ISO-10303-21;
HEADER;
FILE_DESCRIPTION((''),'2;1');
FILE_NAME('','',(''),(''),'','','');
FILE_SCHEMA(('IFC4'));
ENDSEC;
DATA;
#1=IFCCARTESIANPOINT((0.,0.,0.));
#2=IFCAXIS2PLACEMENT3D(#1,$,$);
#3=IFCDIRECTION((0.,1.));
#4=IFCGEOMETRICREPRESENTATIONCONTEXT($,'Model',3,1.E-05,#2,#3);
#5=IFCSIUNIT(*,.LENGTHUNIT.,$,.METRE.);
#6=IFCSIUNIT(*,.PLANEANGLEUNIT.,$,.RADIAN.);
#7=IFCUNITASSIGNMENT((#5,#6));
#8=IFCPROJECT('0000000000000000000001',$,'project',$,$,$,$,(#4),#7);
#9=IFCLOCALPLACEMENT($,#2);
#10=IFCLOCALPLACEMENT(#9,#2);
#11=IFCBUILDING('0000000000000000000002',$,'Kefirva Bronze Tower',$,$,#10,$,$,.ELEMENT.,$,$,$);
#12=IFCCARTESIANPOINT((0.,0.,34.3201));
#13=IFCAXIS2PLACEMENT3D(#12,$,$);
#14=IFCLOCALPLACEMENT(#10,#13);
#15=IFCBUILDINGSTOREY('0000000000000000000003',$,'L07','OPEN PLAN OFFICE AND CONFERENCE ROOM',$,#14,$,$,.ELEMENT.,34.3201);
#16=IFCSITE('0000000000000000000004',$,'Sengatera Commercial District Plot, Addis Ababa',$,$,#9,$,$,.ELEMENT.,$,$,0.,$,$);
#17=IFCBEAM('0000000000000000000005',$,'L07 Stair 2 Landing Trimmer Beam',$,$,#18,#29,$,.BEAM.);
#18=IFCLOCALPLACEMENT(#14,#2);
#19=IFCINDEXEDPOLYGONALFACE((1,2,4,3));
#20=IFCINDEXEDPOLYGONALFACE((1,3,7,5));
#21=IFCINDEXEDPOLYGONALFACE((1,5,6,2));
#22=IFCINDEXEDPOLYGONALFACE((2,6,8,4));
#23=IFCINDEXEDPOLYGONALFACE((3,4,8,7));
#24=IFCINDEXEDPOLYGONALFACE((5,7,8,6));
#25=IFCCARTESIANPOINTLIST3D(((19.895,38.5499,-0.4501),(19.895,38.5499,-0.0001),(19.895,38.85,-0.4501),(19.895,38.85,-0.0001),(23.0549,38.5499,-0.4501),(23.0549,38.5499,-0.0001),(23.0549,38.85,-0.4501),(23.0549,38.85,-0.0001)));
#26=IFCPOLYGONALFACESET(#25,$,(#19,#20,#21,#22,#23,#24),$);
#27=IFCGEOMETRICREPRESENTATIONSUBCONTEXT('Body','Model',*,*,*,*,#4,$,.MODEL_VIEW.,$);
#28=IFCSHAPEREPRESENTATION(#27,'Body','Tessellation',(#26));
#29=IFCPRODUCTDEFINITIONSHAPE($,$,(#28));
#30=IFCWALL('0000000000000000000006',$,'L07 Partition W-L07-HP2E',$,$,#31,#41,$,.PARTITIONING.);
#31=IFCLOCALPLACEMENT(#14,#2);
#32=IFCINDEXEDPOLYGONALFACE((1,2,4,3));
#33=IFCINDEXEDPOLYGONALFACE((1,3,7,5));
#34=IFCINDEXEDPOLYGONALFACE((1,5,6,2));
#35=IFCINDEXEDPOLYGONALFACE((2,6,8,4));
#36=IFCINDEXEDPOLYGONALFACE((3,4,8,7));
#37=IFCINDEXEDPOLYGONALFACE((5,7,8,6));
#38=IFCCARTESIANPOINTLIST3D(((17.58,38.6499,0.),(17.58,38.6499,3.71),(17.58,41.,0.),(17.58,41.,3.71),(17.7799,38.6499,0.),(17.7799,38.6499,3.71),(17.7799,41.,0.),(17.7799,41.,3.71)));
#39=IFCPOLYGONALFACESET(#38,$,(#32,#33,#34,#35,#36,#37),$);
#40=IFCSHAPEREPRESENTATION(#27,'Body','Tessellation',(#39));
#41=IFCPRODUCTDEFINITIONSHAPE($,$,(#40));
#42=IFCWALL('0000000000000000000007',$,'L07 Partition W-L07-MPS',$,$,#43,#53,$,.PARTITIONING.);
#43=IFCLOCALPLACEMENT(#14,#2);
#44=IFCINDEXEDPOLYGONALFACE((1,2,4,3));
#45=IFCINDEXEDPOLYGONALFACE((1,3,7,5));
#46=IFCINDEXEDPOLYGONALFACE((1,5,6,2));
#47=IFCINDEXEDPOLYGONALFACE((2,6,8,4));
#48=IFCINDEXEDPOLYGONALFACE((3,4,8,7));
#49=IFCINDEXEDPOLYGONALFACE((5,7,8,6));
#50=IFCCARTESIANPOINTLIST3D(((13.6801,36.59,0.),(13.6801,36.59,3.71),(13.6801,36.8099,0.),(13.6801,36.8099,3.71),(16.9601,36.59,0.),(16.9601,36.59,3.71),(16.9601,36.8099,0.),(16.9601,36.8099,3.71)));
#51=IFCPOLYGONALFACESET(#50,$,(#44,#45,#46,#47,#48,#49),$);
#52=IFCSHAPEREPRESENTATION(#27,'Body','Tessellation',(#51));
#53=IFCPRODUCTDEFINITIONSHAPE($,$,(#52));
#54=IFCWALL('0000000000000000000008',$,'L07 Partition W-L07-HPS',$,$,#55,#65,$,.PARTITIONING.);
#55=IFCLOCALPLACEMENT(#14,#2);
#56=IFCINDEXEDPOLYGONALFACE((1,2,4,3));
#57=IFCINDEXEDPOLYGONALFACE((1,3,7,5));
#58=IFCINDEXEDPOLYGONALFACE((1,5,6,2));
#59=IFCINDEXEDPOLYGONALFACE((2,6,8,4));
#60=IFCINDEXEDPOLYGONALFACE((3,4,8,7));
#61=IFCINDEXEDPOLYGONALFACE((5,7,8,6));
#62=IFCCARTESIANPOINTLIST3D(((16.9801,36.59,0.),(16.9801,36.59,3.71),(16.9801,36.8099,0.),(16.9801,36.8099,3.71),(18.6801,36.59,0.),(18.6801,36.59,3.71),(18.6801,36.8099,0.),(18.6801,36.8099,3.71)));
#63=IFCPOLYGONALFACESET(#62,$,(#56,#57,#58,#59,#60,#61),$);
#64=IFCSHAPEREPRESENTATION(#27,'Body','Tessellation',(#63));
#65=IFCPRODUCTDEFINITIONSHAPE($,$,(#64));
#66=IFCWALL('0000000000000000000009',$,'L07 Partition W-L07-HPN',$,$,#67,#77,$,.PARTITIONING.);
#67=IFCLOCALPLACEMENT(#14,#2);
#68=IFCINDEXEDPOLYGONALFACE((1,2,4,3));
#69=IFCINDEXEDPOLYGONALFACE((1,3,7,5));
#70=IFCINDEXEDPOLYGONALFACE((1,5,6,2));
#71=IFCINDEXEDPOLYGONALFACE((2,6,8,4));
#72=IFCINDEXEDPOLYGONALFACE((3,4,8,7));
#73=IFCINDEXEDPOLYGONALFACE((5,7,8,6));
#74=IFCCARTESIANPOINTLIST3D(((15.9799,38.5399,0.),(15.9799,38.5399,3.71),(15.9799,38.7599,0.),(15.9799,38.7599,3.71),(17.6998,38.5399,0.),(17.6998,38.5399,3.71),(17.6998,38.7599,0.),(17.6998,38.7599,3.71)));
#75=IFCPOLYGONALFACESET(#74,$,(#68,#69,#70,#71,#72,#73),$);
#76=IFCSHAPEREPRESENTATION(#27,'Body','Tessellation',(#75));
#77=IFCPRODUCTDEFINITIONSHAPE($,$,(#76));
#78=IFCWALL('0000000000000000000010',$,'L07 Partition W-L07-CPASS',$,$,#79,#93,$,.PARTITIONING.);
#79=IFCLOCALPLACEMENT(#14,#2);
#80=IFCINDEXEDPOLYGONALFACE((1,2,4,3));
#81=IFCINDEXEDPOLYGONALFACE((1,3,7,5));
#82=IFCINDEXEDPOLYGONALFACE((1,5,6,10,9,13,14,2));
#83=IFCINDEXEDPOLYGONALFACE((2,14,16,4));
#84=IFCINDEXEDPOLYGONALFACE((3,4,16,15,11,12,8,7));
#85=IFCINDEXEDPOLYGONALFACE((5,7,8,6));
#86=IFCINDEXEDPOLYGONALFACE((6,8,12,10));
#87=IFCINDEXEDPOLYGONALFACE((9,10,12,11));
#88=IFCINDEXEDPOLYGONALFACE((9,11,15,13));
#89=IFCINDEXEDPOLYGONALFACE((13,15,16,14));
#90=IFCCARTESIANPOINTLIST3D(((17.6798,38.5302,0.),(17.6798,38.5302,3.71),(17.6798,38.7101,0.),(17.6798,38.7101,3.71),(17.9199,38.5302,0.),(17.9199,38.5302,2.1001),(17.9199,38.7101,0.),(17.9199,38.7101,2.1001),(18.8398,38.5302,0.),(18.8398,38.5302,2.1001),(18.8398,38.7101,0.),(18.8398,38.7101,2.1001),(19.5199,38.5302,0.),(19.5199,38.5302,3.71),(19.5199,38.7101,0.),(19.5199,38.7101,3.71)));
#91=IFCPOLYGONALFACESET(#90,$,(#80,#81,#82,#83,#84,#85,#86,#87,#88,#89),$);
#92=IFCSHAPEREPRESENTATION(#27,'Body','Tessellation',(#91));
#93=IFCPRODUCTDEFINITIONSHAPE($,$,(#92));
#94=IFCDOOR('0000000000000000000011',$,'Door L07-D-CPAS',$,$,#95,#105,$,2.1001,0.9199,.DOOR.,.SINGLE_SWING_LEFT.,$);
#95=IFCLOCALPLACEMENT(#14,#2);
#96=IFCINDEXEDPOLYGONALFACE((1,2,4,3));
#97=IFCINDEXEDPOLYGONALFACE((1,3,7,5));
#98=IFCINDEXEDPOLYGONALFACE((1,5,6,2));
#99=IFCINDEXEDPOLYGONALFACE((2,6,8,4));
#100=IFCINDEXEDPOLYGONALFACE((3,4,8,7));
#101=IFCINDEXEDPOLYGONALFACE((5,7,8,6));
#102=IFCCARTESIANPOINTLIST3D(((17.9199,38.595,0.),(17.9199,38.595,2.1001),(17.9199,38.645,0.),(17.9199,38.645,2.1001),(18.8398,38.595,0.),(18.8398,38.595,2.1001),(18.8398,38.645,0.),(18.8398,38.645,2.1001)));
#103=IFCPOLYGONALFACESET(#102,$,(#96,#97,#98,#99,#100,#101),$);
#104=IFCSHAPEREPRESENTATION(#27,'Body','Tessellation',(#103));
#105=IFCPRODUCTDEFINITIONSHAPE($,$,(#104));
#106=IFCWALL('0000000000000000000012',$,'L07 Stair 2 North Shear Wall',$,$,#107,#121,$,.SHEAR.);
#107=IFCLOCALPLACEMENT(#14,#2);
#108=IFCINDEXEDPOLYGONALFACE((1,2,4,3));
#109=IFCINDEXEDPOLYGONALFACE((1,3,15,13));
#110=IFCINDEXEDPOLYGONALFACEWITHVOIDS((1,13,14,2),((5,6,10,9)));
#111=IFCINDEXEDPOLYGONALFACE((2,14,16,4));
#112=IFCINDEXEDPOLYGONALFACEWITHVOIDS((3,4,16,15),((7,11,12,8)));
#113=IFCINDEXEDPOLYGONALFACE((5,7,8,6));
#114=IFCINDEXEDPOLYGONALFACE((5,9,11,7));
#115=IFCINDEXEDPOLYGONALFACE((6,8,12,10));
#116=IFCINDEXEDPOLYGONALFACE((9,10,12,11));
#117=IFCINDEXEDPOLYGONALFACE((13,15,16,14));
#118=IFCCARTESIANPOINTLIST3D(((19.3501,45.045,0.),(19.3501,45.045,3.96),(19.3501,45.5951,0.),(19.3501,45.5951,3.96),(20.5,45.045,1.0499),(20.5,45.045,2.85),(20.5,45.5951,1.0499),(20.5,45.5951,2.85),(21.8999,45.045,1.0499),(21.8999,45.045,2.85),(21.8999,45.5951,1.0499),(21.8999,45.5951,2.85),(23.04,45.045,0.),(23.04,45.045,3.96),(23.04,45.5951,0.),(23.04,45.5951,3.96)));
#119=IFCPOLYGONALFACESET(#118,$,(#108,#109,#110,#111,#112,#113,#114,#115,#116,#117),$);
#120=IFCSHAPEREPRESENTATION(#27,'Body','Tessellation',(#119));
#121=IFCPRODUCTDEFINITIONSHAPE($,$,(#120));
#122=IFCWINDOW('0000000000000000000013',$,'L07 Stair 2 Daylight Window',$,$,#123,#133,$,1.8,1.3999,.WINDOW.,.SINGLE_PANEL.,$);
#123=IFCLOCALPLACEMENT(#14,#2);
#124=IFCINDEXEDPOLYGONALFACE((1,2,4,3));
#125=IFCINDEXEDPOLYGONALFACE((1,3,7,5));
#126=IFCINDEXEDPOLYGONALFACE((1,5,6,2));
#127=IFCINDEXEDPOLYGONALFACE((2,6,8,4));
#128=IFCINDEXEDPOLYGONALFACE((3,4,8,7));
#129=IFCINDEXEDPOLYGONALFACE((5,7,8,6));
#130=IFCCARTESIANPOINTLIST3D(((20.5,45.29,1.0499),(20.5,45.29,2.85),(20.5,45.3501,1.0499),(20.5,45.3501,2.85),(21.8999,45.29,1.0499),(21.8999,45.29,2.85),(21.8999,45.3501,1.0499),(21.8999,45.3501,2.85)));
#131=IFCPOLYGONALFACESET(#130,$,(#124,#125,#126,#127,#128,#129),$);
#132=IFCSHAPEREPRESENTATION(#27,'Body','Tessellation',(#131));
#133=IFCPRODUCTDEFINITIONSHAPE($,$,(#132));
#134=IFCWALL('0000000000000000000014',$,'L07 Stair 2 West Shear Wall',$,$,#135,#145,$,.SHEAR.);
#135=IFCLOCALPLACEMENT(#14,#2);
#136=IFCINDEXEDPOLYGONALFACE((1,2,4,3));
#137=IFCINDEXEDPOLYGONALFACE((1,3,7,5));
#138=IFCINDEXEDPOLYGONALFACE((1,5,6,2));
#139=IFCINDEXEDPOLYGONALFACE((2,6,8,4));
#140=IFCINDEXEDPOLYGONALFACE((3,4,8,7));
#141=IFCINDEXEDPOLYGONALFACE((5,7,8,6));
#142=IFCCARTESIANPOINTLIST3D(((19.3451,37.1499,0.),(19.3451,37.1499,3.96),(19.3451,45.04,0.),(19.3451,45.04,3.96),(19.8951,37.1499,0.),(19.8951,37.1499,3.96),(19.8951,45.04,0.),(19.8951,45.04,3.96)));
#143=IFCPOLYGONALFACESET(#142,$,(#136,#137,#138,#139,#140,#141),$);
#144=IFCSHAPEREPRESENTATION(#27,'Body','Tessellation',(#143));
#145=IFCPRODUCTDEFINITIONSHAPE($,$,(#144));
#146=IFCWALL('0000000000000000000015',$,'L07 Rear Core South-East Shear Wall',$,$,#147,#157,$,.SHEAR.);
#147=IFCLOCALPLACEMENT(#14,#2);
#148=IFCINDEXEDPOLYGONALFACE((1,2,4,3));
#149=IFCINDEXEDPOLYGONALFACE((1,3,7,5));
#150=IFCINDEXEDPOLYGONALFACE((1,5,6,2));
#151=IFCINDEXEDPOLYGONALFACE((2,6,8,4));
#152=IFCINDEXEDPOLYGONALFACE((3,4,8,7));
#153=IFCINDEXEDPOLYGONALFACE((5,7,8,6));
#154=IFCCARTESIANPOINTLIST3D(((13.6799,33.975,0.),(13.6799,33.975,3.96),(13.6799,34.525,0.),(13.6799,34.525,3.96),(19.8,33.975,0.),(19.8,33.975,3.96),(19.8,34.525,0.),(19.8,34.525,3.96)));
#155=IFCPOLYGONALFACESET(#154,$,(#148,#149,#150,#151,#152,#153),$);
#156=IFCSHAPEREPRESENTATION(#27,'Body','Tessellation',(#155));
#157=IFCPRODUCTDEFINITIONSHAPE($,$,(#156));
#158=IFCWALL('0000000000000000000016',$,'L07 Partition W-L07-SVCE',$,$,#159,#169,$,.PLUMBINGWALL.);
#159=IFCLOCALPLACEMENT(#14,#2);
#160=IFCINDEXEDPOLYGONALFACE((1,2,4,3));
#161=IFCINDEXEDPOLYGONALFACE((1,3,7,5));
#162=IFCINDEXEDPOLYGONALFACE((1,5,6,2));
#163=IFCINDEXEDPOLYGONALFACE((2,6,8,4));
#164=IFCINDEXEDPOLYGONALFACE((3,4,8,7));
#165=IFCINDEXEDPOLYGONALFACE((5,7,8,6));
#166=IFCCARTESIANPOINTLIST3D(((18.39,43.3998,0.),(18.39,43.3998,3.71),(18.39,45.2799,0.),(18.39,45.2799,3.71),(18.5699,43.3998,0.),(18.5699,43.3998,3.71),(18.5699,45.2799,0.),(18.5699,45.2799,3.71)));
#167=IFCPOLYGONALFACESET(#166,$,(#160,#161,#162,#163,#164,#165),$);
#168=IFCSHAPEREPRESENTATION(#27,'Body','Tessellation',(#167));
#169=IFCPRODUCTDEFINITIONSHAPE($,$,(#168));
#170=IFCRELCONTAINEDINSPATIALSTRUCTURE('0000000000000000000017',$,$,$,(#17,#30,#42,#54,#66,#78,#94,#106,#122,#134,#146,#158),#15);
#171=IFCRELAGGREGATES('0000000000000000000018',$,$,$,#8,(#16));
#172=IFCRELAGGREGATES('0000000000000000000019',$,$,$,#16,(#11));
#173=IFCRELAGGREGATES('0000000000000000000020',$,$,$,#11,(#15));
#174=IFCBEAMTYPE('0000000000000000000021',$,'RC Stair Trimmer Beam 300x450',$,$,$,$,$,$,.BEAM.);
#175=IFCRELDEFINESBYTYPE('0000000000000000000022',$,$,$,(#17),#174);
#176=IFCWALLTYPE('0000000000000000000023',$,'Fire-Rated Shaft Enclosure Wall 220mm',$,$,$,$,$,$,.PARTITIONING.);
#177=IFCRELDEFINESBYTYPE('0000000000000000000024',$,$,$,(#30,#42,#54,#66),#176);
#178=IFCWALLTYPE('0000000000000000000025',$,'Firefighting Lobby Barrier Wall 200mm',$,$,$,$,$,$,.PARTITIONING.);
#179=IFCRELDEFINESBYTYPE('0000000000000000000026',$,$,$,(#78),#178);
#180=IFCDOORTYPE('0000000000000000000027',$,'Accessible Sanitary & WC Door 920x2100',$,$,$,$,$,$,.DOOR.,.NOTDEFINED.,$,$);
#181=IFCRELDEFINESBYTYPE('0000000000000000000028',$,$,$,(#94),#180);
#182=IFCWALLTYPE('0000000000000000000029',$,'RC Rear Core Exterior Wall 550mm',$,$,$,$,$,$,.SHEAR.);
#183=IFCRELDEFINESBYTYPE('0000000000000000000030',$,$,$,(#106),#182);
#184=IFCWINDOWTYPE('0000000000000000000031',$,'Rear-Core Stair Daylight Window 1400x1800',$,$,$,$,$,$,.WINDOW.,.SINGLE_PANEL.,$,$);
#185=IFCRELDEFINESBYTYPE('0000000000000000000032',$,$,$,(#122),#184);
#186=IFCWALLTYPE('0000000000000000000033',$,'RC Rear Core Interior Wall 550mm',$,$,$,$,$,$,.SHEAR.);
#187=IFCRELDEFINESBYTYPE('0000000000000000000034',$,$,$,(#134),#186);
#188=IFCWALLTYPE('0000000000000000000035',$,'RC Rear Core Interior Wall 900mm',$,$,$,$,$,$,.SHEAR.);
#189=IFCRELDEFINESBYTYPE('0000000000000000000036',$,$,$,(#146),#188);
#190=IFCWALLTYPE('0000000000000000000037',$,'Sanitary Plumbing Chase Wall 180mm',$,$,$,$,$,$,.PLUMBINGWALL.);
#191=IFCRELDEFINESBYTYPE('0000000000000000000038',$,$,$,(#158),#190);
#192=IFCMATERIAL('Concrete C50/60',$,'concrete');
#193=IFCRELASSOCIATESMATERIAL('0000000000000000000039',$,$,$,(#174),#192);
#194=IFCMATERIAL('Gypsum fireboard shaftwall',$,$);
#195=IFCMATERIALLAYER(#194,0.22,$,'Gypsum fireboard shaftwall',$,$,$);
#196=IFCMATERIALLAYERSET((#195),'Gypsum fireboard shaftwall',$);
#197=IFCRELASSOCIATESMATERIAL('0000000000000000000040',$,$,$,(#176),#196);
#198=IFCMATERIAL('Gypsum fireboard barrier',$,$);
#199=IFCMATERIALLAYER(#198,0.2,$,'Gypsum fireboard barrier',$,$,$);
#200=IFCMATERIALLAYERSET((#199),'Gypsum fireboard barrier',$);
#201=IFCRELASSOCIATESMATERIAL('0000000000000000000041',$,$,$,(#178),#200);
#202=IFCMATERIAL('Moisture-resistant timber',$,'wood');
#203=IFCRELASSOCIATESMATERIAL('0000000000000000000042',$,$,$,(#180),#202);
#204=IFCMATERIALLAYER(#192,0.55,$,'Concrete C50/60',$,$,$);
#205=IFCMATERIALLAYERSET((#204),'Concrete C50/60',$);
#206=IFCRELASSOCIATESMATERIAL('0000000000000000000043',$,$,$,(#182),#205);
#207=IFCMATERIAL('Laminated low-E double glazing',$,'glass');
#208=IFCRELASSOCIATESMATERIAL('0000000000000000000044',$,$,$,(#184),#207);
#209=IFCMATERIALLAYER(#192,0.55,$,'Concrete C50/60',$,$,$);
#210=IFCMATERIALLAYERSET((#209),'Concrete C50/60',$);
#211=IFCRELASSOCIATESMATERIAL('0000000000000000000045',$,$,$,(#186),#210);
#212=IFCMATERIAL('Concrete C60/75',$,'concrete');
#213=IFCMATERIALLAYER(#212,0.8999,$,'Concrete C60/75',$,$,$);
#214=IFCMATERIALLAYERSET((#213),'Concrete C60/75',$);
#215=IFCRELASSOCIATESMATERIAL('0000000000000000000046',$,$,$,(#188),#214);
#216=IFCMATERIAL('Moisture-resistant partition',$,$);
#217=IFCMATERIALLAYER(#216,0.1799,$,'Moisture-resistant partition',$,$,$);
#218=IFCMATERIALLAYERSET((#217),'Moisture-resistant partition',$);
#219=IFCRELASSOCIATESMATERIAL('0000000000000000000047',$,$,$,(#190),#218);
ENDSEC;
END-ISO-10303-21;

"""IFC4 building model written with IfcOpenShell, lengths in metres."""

from ifc_helpers import new_model, si_unit, direction, frame, frame_2d, origin, origin_2d, place, context, subcontext, project, spatial, rectangle, extrude, material, layer, layer_set, material_profile, profile_set, type_object, element, fill, save


model = new_model("IFC4")

# Units and contexts
model_context = context("Model", 3, precision=1e-05, world=origin(), true_north=direction((0.0, 1.0)))
body_context = subcontext(model_context, "Body", "Model", "MODEL_VIEW")
ifc_project = project(units=[si_unit("LENGTHUNIT", "METRE"), si_unit("PLANEANGLEUNIT", "RADIAN")], contexts=[model_context])

# Site, building, storey
site_placement = place(None, origin())
site = spatial("IfcSite", under=ifc_project, at=site_placement, Name="Sengatera Commercial District Plot, Addis Ababa", CompositionType="ELEMENT", RefElevation=0.0)
building_placement = place(site_placement, origin())
building = spatial("IfcBuilding", under=site, at=building_placement, Name="Kefirva Bronze Tower", CompositionType="ELEMENT")
storey_placement = place(building_placement, frame((0.0, 0.0, 34.3201)))
storey = spatial("IfcBuildingStorey", under=building, at=storey_placement, Name="L07", Description="OPEN PLAN OFFICE AND CONFERENCE ROOM", CompositionType="ELEMENT", Elevation=34.3201)

# Beam
ifc_material_1 = material(Name="Concrete C50/60", Category="concrete")
ifc_material_profile = material_profile(ifc_material_1, rectangle(XDim=0.3, YDim=0.45, at=origin_2d()), Name="RC 300x450")
ifc_profile_set = profile_set([ifc_material_profile], Name="Concrete C50/60")
beam_type = type_object("IfcBeamType", Name="RC Stair Trimmer Beam 300x450", PredefinedType="BEAM", material=ifc_profile_set)
beam_placement = place(storey_placement, frame((19.895, 38.7, -0.2251), z_axis=(1.0, 0.0, 0.0), x_axis=(0.0, 1.0, 0.0)))
element("IfcBeam", 1, at=beam_placement, inside=storey, type_object=beam_type, Name="L07 Stair 2 Landing Trimmer Beam", PredefinedType="BEAM", context=body_context, shape_type="SweptSolid", body=[
    extrude(rectangle(XDim=0.3, YDim=0.45, at=origin_2d()), origin(), (0.0, 0.0, 1.0), 3.1599),
])

# Shared definitions
ifc_material_2 = material(Name="Gypsum fireboard shaftwall")
ifc_layer_1 = layer(ifc_material_2, 0.22, Name="Gypsum fireboard shaftwall")
ifc_layer_set_1 = layer_set([ifc_layer_1], Name="Gypsum fireboard shaftwall")
wall_type_1 = type_object("IfcWallType", Name="Fire-Rated Shaft Enclosure Wall 220mm", PredefinedType="PARTITIONING", material=ifc_layer_set_1)

# Walls
wall_1_placement = place(storey_placement, frame((17.6799, 38.6499, 0.0), z_axis=(0.0, 0.0, 1.0), x_axis=(0.0, 1.0, 0.0)))
element("IfcWall", 2, at=wall_1_placement, inside=storey, type_object=wall_type_1, Name="L07 Partition W-L07-HP2E", PredefinedType="PARTITIONING", context=body_context, shape_type="SweptSolid", body=[
    extrude(rectangle(XDim=2.3501, YDim=0.2, at=frame_2d((1.175, 0.0))), origin(), (0.0, 0.0, 1.0), 3.71),
])
wall_2_placement = place(storey_placement, frame((13.6799, 36.7, 0.0), z_axis=(0.0, 0.0, 1.0), x_axis=(1.0, 0.0, 0.0)))
element("IfcWall", 3, at=wall_2_placement, inside=storey, type_object=wall_type_1, Name="L07 Partition W-L07-MPS", PredefinedType="PARTITIONING", context=body_context, shape_type="SweptSolid", body=[
    extrude(rectangle(XDim=3.28, YDim=0.22, at=frame_2d((1.6401, 0.0))), origin(), (0.0, 0.0, 1.0), 3.71),
])
wall_3_placement = place(storey_placement, frame((16.98, 36.7, 0.0), z_axis=(0.0, 0.0, 1.0), x_axis=(1.0, 0.0, 0.0)))
element("IfcWall", 4, at=wall_3_placement, inside=storey, type_object=wall_type_1, Name="L07 Partition W-L07-HPS", PredefinedType="PARTITIONING", context=body_context, shape_type="SweptSolid", body=[
    extrude(rectangle(XDim=1.7, YDim=0.22, at=frame_2d((0.8501, 0.0))), origin(), (0.0, 0.0, 1.0), 3.71),
])
wall_4_placement = place(storey_placement, frame((15.98, 38.6499, 0.0), z_axis=(0.0, 0.0, 1.0), x_axis=(1.0, 0.0, 0.0)))
element("IfcWall", 5, at=wall_4_placement, inside=storey, type_object=wall_type_1, Name="L07 Partition W-L07-HPN", PredefinedType="PARTITIONING", context=body_context, shape_type="SweptSolid", body=[
    extrude(rectangle(XDim=1.72, YDim=0.22, at=frame_2d((0.8599, 0.0))), origin(), (0.0, 0.0, 1.0), 3.71),
])

# Wall, opening, door
ifc_material_3 = material(Name="Gypsum fireboard barrier")
ifc_layer_2 = layer(ifc_material_3, 0.2, Name="Gypsum fireboard barrier")
ifc_layer_set_2 = layer_set([ifc_layer_2], Name="Gypsum fireboard barrier")
wall_type_2 = type_object("IfcWallType", Name="Firefighting Lobby Barrier Wall 200mm", PredefinedType="PARTITIONING", material=ifc_layer_set_2)
wall_5_placement = place(storey_placement, frame((17.6799, 38.6201, 0.0), z_axis=(0.0, 0.0, 1.0), x_axis=(1.0, 0.0, 0.0)))
wall_5 = element("IfcWall", 6, at=wall_5_placement, inside=storey, type_object=wall_type_2, Name="L07 Partition W-L07-CPASS", PredefinedType="PARTITIONING", context=body_context, shape_type="SweptSolid", body=[
    extrude(rectangle(XDim=1.8401, YDim=0.1799, at=frame_2d((0.9199, 0.0))), origin(), (0.0, 0.0, 1.0), 3.71),
])
opening_1_placement = place(wall_5_placement, frame((0.24, 0.0, 0.0)))
opening_1 = element("IfcOpeningElement", 7, at=opening_1_placement, cuts=wall_5, PredefinedType="OPENING", context=body_context, shape_type="SweptSolid", body=[
    extrude(rectangle(XDim=0.9199, YDim=2.1001, at=frame_2d((0.46, 1.05))), frame((0.0, 0.1001, 0.0), z_axis=(0.0, -1.0, 0.0), x_axis=(1.0, 0.0, 0.0)), (0.0, 0.0, 1.0), 0.2),
])
ifc_material_4 = material(Name="Moisture-resistant timber", Category="wood")
door_type_1 = type_object("IfcDoorType", Name="Accessible Sanitary & WC Door 920x2100", OperationType="NOTDEFINED", PredefinedType="DOOR", material=ifc_material_4)
door_1_placement = place(opening_1_placement, origin())
door_1 = element("IfcDoor", 8, at=door_1_placement, inside=storey, type_object=door_type_1, Name="Door L07-D-CPAS", OperationType="SINGLE_SWING_LEFT", OverallHeight=2.1001, OverallWidth=0.9199, PredefinedType="DOOR", context=body_context, shape_type="SweptSolid", body=[
    extrude(rectangle(XDim=0.9199, YDim=2.1001, at=frame_2d((0.46, 1.05))), frame((0.0, 0.0249, 0.0), z_axis=(0.0, -1.0, 0.0), x_axis=(1.0, 0.0, 0.0)), (0.0, 0.0, 1.0), 0.05),
])
fill(opening_1, door_1)

# Wall, opening, window
ifc_layer_3 = layer(ifc_material_1, 0.55, Name="Concrete C50/60")
ifc_layer_set_3 = layer_set([ifc_layer_3], Name="Concrete C50/60")
wall_type_3 = type_object("IfcWallType", Name="RC Rear Core Exterior Wall 550mm", PredefinedType="SHEAR", material=ifc_layer_set_3)
wall_6_placement = place(storey_placement, frame((19.3501, 45.3201, 0.0), z_axis=(0.0, 0.0, 1.0), x_axis=(1.0, 0.0, 0.0)))
wall_6 = element("IfcWall", 9, at=wall_6_placement, inside=storey, type_object=wall_type_3, Name="L07 Stair 2 North Shear Wall", PredefinedType="SHEAR", context=body_context, shape_type="SweptSolid", body=[
    extrude(rectangle(XDim=3.6899, YDim=0.55, at=frame_2d((1.845, 0.0))), origin(), (0.0, 0.0, 1.0), 3.96),
])
opening_2_placement = place(wall_6_placement, frame((1.1499, 0.0, 1.05)))
opening_2 = element("IfcOpeningElement", 10, at=opening_2_placement, cuts=wall_6, PredefinedType="OPENING", context=body_context, shape_type="SweptSolid", body=[
    extrude(rectangle(XDim=1.3999, YDim=1.8, at=frame_2d((0.7, 0.8999))), frame((0.0, 0.2852, 0.0), z_axis=(0.0, -1.0, 0.0), x_axis=(1.0, 0.0, 0.0)), (0.0, 0.0, 1.0), 0.5701),
])
ifc_material_5 = material(Name="Laminated low-E double glazing", Category="glass")
window_type = type_object("IfcWindowType", Name="Rear-Core Stair Daylight Window 1400x1800", PartitioningType="SINGLE_PANEL", PredefinedType="WINDOW", material=ifc_material_5)
window_placement = place(opening_2_placement, origin())
window = element("IfcWindow", 11, at=window_placement, inside=storey, type_object=window_type, Name="L07 Stair 2 Daylight Window", OverallHeight=1.8, OverallWidth=1.3999, PartitioningType="SINGLE_PANEL", PredefinedType="WINDOW", context=body_context, shape_type="SweptSolid", body=[
    extrude(rectangle(XDim=1.3999, YDim=1.8, at=frame_2d((0.7, 0.8999))), frame((0.0, 0.03, 0.0), z_axis=(0.0, -1.0, 0.0), x_axis=(1.0, 0.0, 0.0)), (0.0, 0.0, 1.0), 0.0601),
])
fill(opening_2, window)

# Walls
ifc_layer_4 = layer(ifc_material_1, 0.55, Name="Concrete C50/60")
ifc_layer_set_4 = layer_set([ifc_layer_4], Name="Concrete C50/60")
wall_type_4 = type_object("IfcWallType", Name="RC Rear Core Interior Wall 550mm", PredefinedType="SHEAR", material=ifc_layer_set_4)
wall_7_placement = place(storey_placement, frame((19.6201, 37.1499, 0.0), z_axis=(0.0, 0.0, 1.0), x_axis=(0.0, 1.0, 0.0)))
element("IfcWall", 12, at=wall_7_placement, inside=storey, type_object=wall_type_4, Name="L07 Stair 2 West Shear Wall", PredefinedType="SHEAR", context=body_context, shape_type="SweptSolid", body=[
    extrude(rectangle(XDim=7.8901, YDim=0.55, at=frame_2d((3.9451, 0.0))), origin(), (0.0, 0.0, 1.0), 3.96),
])
ifc_material_6 = material(Name="Concrete C60/75", Category="concrete")
ifc_layer_5 = layer(ifc_material_6, 0.8999, Name="Concrete C60/75")
ifc_layer_set_5 = layer_set([ifc_layer_5], Name="Concrete C60/75")
wall_type_5 = type_object("IfcWallType", Name="RC Rear Core Interior Wall 900mm", PredefinedType="SHEAR", material=ifc_layer_set_5)
wall_8_placement = place(storey_placement, frame((13.6799, 34.25, 0.0), z_axis=(0.0, 0.0, 1.0), x_axis=(1.0, 0.0, 0.0)))
element("IfcWall", 13, at=wall_8_placement, inside=storey, type_object=wall_type_5, Name="L07 Rear Core South-East Shear Wall", PredefinedType="SHEAR", context=body_context, shape_type="SweptSolid", body=[
    extrude(rectangle(XDim=6.1201, YDim=0.55, at=frame_2d((3.0601, 0.0))), origin(), (0.0, 0.0, 1.0), 3.96),
])
ifc_material_7 = material(Name="Moisture-resistant partition")
ifc_layer_6 = layer(ifc_material_7, 0.1799, Name="Moisture-resistant partition")
ifc_layer_set_6 = layer_set([ifc_layer_6], Name="Moisture-resistant partition")
wall_type_6 = type_object("IfcWallType", Name="Sanitary Plumbing Chase Wall 180mm", PredefinedType="PLUMBINGWALL", material=ifc_layer_set_6)
for number, where, z_axis, x_axis, name in (
    (14, (18.48, 43.3999, 0.0), (0.0, 0.0, 1.0), (0.0, 1.0, 0.0), "L07 Partition W-L07-SVCE"),
):
    element("IfcWall", number, at=place(storey_placement, frame(where, z_axis=z_axis, x_axis=x_axis)), inside=storey, type_object=wall_type_6, Name=name, PredefinedType="PLUMBINGWALL", context=body_context, shape_type="SweptSolid", body=[
        extrude(rectangle(XDim=1.8801, YDim=0.1799, at=frame_2d((0.9399, 0.0))), origin(), (0.0, 0.0, 1.0), 3.71),
    ])

save(model, "model.ifc")
